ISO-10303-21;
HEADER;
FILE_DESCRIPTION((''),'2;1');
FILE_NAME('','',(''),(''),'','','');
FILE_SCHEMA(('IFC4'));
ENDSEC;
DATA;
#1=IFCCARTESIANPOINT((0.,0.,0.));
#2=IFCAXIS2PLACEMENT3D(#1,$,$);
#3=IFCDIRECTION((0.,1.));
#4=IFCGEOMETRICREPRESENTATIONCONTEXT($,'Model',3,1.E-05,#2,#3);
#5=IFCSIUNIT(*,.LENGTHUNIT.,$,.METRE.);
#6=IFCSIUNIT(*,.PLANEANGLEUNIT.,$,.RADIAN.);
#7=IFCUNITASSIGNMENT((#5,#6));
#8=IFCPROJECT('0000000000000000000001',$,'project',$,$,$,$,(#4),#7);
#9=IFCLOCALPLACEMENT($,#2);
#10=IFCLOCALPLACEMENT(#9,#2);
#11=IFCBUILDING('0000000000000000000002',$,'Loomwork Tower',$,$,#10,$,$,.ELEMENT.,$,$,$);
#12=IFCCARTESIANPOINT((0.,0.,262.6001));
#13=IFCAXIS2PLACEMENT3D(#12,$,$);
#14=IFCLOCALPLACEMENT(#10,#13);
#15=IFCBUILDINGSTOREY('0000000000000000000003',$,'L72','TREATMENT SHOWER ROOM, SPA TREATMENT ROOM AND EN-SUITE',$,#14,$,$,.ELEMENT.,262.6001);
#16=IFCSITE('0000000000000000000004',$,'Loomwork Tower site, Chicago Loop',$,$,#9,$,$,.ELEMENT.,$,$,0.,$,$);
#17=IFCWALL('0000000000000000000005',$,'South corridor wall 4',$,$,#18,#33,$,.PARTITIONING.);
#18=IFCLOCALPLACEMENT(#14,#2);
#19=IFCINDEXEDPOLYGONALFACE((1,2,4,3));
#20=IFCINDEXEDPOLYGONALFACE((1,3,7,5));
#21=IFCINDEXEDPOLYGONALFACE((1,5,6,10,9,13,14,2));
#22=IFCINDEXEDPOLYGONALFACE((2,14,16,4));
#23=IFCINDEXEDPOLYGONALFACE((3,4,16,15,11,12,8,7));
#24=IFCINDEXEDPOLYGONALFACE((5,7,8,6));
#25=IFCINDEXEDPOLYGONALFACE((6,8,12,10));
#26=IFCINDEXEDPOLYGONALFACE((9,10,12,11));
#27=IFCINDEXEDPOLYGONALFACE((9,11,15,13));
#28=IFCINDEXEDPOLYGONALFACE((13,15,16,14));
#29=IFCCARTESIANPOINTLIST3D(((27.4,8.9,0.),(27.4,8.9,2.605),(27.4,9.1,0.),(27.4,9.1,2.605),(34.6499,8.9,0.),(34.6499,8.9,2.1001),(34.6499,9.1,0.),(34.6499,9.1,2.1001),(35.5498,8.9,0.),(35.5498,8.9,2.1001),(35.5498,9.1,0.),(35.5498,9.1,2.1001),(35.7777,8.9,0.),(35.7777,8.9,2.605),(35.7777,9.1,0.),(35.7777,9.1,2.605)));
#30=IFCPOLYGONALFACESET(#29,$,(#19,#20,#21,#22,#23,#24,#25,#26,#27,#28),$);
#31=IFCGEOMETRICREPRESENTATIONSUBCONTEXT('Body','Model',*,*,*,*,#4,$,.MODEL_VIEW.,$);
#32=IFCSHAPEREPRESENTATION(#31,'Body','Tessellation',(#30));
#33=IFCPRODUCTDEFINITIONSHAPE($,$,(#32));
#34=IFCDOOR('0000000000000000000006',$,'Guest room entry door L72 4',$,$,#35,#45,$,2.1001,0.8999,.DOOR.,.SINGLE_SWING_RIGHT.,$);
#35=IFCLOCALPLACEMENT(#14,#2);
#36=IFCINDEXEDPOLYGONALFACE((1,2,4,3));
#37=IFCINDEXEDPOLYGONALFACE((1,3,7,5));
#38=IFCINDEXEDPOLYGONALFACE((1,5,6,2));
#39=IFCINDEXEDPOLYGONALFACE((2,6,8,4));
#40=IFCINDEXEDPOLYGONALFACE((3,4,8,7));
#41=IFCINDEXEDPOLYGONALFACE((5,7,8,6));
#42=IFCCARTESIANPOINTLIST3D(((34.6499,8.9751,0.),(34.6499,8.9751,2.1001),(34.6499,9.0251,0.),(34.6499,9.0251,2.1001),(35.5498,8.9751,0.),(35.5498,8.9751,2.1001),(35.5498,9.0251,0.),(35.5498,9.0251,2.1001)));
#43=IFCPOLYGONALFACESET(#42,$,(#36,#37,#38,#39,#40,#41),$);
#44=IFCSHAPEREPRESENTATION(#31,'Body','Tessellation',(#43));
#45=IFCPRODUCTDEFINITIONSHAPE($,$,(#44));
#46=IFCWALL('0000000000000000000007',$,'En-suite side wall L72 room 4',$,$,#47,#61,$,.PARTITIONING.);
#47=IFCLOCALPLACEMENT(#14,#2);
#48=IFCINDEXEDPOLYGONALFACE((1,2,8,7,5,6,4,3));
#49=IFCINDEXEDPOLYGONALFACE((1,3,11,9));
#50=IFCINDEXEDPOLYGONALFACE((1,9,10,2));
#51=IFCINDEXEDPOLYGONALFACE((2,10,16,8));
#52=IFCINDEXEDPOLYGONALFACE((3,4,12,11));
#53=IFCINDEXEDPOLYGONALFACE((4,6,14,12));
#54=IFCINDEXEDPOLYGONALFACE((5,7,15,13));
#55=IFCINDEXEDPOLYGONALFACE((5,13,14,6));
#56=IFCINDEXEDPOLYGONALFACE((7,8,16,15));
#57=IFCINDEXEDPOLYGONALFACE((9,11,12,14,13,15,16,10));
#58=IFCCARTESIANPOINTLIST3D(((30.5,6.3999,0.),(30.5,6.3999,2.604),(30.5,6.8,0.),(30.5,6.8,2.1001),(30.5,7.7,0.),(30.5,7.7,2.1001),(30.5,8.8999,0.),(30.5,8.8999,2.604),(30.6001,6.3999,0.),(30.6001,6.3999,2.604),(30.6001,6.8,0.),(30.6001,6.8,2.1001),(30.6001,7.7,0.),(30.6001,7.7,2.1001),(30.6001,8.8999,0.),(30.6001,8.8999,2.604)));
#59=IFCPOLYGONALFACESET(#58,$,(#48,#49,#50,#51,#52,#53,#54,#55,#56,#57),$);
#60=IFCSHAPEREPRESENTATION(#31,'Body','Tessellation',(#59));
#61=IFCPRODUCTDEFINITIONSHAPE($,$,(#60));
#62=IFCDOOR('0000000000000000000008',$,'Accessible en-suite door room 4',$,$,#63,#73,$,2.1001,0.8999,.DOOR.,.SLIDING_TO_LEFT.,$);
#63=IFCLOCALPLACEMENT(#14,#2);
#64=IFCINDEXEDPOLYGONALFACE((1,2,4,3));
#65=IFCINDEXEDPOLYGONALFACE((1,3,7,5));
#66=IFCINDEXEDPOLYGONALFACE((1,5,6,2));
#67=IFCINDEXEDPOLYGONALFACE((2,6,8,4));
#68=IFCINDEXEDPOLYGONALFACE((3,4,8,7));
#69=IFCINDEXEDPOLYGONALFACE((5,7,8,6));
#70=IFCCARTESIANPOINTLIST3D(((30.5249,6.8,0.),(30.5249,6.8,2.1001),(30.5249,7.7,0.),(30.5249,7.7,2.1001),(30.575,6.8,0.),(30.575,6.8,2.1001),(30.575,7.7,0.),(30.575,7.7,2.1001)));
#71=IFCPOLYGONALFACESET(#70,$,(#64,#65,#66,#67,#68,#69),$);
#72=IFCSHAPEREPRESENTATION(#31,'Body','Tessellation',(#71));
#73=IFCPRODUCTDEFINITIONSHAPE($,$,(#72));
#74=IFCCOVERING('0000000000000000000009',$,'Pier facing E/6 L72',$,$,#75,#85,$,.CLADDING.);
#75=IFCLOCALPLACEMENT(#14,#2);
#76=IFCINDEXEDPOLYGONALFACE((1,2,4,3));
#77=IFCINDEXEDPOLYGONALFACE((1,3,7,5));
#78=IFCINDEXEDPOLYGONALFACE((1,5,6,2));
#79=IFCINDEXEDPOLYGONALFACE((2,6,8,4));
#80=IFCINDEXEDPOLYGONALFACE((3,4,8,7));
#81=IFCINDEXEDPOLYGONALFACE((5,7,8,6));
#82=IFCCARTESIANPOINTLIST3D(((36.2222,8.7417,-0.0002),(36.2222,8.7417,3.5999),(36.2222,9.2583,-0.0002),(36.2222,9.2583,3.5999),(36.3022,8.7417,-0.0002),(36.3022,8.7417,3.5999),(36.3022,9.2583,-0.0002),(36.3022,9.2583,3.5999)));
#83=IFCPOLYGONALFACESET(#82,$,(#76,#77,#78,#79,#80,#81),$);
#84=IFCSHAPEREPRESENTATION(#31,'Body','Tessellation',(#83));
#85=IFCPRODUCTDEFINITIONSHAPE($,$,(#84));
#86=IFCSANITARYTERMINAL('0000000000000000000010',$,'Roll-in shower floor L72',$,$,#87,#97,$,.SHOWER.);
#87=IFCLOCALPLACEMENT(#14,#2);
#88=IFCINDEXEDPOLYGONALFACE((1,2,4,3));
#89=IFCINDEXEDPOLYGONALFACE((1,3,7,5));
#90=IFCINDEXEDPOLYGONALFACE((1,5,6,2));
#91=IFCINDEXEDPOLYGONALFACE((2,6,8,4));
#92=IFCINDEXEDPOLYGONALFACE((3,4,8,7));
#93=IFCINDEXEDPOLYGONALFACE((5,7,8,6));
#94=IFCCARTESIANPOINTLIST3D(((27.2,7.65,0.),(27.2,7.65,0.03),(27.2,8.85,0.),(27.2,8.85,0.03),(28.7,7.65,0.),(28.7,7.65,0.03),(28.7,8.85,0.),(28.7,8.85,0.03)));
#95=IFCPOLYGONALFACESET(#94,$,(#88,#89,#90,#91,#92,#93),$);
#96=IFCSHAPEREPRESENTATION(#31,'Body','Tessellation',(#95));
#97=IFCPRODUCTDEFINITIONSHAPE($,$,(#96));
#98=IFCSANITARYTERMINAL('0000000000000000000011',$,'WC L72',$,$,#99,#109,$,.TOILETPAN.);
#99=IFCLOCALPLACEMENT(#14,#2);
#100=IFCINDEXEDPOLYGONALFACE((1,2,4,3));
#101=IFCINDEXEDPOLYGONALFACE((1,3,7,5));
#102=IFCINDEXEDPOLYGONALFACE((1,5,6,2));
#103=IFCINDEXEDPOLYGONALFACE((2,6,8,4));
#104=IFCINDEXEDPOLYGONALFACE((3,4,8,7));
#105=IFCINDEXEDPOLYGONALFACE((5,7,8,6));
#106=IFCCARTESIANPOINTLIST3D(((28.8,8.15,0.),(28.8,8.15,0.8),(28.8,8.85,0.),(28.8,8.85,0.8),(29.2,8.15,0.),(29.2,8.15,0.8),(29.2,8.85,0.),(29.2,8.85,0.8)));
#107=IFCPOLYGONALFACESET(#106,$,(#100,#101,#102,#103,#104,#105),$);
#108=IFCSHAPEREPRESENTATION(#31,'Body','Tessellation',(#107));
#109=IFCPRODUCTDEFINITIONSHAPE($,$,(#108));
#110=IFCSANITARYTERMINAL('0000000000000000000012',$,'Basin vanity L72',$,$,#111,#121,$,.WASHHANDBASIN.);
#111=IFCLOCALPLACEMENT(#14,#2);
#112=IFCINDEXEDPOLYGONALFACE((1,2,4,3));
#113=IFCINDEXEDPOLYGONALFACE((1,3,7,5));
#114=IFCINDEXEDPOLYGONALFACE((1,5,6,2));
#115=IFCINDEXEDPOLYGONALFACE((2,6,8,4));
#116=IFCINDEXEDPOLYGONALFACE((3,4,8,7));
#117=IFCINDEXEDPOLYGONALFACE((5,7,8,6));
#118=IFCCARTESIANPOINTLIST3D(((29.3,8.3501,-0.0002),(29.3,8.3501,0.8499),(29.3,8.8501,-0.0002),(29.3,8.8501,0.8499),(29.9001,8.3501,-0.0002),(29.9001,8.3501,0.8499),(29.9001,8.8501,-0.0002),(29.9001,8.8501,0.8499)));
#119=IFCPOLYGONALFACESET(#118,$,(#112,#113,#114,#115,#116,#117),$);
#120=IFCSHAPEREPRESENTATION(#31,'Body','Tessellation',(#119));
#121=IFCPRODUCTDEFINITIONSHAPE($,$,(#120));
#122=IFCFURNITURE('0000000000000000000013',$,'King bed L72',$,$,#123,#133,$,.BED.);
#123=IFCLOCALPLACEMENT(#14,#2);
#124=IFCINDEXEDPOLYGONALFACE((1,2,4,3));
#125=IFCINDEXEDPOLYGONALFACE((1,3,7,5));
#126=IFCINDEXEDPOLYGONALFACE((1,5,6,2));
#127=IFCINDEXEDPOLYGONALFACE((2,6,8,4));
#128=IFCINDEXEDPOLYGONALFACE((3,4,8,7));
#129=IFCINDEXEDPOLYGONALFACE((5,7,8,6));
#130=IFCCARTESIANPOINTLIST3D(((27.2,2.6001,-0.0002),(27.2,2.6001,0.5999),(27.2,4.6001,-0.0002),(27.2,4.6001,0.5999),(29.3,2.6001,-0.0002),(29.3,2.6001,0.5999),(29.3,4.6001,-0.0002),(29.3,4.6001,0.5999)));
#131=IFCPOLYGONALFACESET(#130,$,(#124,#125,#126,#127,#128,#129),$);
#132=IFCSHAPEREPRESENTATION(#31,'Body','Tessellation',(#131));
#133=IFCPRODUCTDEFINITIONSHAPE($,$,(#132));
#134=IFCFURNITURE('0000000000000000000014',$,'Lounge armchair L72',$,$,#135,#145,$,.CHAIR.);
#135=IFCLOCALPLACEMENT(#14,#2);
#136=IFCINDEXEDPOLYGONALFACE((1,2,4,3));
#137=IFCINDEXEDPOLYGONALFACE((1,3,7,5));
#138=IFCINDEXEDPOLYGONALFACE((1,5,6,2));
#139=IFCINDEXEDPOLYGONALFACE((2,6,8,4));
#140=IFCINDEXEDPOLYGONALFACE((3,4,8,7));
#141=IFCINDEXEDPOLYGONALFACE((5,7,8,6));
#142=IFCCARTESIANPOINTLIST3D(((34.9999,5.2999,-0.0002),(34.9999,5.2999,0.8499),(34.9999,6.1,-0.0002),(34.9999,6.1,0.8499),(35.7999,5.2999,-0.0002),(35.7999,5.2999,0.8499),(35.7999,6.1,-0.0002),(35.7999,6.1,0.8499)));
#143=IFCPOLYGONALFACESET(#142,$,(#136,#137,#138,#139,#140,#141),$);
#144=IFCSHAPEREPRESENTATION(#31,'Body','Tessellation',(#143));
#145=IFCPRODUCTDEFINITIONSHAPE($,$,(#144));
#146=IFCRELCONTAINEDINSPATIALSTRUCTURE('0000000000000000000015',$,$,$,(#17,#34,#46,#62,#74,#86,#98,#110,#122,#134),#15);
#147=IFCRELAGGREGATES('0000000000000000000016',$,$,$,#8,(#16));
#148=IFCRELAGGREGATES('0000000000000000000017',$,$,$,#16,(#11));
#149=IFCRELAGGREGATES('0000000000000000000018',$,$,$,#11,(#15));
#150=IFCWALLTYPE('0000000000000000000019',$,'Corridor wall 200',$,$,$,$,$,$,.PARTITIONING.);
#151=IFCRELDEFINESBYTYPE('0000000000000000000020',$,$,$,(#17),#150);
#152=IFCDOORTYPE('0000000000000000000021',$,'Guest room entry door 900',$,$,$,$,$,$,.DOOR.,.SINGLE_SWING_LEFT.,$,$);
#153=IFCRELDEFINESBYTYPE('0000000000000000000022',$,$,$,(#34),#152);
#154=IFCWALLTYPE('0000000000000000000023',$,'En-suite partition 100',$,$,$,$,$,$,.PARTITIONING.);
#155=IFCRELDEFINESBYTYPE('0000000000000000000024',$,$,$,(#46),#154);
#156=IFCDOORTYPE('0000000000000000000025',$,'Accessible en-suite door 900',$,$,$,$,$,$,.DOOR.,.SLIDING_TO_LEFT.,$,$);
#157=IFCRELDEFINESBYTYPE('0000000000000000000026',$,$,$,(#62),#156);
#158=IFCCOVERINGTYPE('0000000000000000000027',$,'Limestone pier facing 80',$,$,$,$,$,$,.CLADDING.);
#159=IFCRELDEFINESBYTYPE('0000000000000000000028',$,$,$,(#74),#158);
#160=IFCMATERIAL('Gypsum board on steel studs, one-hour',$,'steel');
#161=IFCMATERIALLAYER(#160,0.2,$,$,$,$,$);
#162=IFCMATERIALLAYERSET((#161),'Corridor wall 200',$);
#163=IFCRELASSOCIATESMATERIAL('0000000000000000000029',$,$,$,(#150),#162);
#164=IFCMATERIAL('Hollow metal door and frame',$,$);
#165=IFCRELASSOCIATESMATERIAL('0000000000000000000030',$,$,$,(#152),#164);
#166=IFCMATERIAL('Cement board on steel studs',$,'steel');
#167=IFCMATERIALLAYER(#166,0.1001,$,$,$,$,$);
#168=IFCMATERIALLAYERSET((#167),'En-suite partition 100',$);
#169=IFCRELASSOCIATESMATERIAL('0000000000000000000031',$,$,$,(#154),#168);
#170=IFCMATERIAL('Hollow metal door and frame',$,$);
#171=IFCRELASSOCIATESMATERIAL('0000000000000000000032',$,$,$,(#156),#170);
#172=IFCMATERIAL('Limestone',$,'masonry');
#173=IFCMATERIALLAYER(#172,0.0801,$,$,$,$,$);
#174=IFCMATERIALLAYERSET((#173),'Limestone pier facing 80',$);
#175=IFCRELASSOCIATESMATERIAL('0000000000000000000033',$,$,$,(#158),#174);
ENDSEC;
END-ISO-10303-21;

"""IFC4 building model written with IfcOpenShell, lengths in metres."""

from ifc_helpers import new_model, si_unit, direction, frame, frame_2d, origin, origin_2d, place, context, subcontext, project, spatial, rectangle, extrude, material, layer, layer_set, type_object, element, fill, save


model = new_model("IFC4")

# Units and contexts
model_context = context("Model", 3, precision=1e-05, world=origin(), true_north=direction((0.0, 1.0)))
body_context = subcontext(model_context, "Body", "Model", "MODEL_VIEW")
ifc_project = project(units=[si_unit("LENGTHUNIT", "METRE"), si_unit("PLANEANGLEUNIT", "RADIAN")], contexts=[model_context])

# Site, building, storey
site_placement = place(None, origin())
site = spatial("IfcSite", under=ifc_project, at=site_placement, Name="Loomwork Tower site, Chicago Loop", CompositionType="ELEMENT", RefElevation=0.0)
building_placement = place(site_placement, origin())
building = spatial("IfcBuilding", under=site, at=building_placement, Name="Loomwork Tower", CompositionType="ELEMENT")
storey_placement = place(building_placement, frame((0.0, 0.0, 262.6001)))
storey = spatial("IfcBuildingStorey", under=building, at=storey_placement, Name="L72", Description="TREATMENT SHOWER ROOM, SPA TREATMENT ROOM AND EN-SUITE", CompositionType="ELEMENT", Elevation=262.6001)

# Walls, openings, doors
ifc_material_1 = material(Name="Gypsum board on steel studs, one-hour", Category="steel")
ifc_layer_1 = layer(ifc_material_1, 0.2)
ifc_layer_set_1 = layer_set([ifc_layer_1], Name="Corridor wall 200")
wall_type_1 = type_object("IfcWallType", Name="Corridor wall 200", PredefinedType="PARTITIONING", material=ifc_layer_set_1)
wall_1_placement = place(storey_placement, frame((27.3999, 9.0, 0.0), z_axis=(0.0, 0.0, 1.0), x_axis=(1.0, 0.0, 0.0)))
wall_1 = element("IfcWall", 1, at=wall_1_placement, inside=storey, type_object=wall_type_1, Name="South corridor wall 4", PredefinedType="PARTITIONING", context=body_context, shape_type="SweptSolid", body=[
    extrude(rectangle(XDim=8.3777, YDim=0.2, at=frame_2d((4.189, 0.0))), origin(), (0.0, 0.0, 1.0), 2.605),
])
opening_1_placement = place(wall_1_placement, frame((7.25, 0.0, 0.0)))
opening_1 = element("IfcOpeningElement", 2, at=opening_1_placement, cuts=wall_1, PredefinedType="OPENING", context=body_context, shape_type="SweptSolid", body=[
    extrude(rectangle(XDim=0.8999, YDim=2.1001, at=frame_2d((0.45, 1.05))), frame((0.0, 0.1099, 0.0), z_axis=(0.0, -1.0, 0.0), x_axis=(1.0, 0.0, 0.0)), (0.0, 0.0, 1.0), 0.22),
])
ifc_material_2 = material(Name="Hollow metal door and frame")
door_type_1 = type_object("IfcDoorType", Name="Guest room entry door 900", OperationType="SINGLE_SWING_LEFT", PredefinedType="DOOR", material=ifc_material_2)
door_1_placement = place(opening_1_placement, frame((0.8999, 0.0, 0.0), z_axis=(0.0, 0.0, 1.0), x_axis=(-1.0, 0.0, 0.0)))
door_1 = element("IfcDoor", 3, at=door_1_placement, inside=storey, type_object=door_type_1, Name="Guest room entry door L72 4", OperationType="SINGLE_SWING_RIGHT", OverallHeight=2.1001, OverallWidth=0.8999, PredefinedType="DOOR", context=body_context, shape_type="SweptSolid", body=[
    extrude(rectangle(XDim=0.8999, YDim=2.1001, at=frame_2d((0.45, 1.05))), frame((0.0, 0.0249, 0.0), z_axis=(0.0, -1.0, 0.0), x_axis=(1.0, 0.0, 0.0)), (0.0, 0.0, 1.0), 0.05),
])
fill(opening_1, door_1)
ifc_material_3 = material(Name="Cement board on steel studs", Category="steel")
ifc_layer_2 = layer(ifc_material_3, 0.1001)
ifc_layer_set_2 = layer_set([ifc_layer_2], Name="En-suite partition 100")
wall_type_2 = type_object("IfcWallType", Name="En-suite partition 100", PredefinedType="PARTITIONING", material=ifc_layer_set_2)
wall_2_placement = place(storey_placement, frame((30.55, 8.8999, 0.0), z_axis=(0.0, 0.0, 1.0), x_axis=(0.0, -1.0, 0.0)))
wall_2 = element("IfcWall", 4, at=wall_2_placement, inside=storey, type_object=wall_type_2, Name="En-suite side wall L72 room 4", PredefinedType="PARTITIONING", context=body_context, shape_type="SweptSolid", body=[
    extrude(rectangle(XDim=2.5, YDim=0.1001, at=frame_2d((1.25, 0.0))), origin(), (0.0, 0.0, 1.0), 2.604),
])
opening_2_placement = place(wall_2_placement, frame((1.2, 0.0, 0.0)))
opening_2 = element("IfcOpeningElement", 5, at=opening_2_placement, cuts=wall_2, PredefinedType="OPENING", context=body_context, shape_type="SweptSolid", body=[
    extrude(rectangle(XDim=0.8999, YDim=2.1001, at=frame_2d((0.45, 1.05))), frame((0.0, 0.0601, 0.0), z_axis=(0.0, -1.0, 0.0), x_axis=(1.0, 0.0, 0.0)), (0.0, 0.0, 1.0), 0.1201),
])
ifc_material_4 = material(Name="Hollow metal door and frame")
door_type_2 = type_object("IfcDoorType", Name="Accessible en-suite door 900", OperationType="SLIDING_TO_LEFT", PredefinedType="DOOR", material=ifc_material_4)
door_2_placement = place(opening_2_placement, origin())
door_2 = element("IfcDoor", 6, at=door_2_placement, inside=storey, type_object=door_type_2, Name="Accessible en-suite door room 4", OperationType="SLIDING_TO_LEFT", OverallHeight=2.1001, OverallWidth=0.8999, PredefinedType="DOOR", context=body_context, shape_type="SweptSolid", body=[
    extrude(rectangle(XDim=0.8999, YDim=2.1001, at=frame_2d((0.45, 1.05))), frame((0.0, 0.0249, 0.0), z_axis=(0.0, -1.0, 0.0), x_axis=(1.0, 0.0, 0.0)), (0.0, 0.0, 1.0), 0.05),
])
fill(opening_2, door_2)

# Covering
ifc_material_5 = material(Name="Limestone", Category="masonry")
ifc_layer_3 = layer(ifc_material_5, 0.0801)
ifc_layer_set_3 = layer_set([ifc_layer_3], Name="Limestone pier facing 80")
covering_type = type_object("IfcCoveringType", Name="Limestone pier facing 80", PredefinedType="CLADDING", material=ifc_layer_set_3)
covering_placement = place(storey_placement, frame((36.2622, 9.0, -0.0002), z_axis=(0.0, 0.0, 1.0), x_axis=(1.0, 0.0, 0.0)))
element("IfcCovering", 7, at=covering_placement, inside=storey, type_object=covering_type, Name="Pier facing E/6 L72", PredefinedType="CLADDING", context=body_context, shape_type="SweptSolid", body=[
    extrude(rectangle(XDim=0.0801, YDim=0.5166, at=origin_2d()), origin(), (0.0, 0.0, 1.0), 3.6001),
])

# Sanitary terminals
sanitary_terminal_1_placement = place(storey_placement, frame((27.95, 8.25, 0.0), z_axis=(0.0, 0.0, 1.0), x_axis=(1.0, 0.0, 0.0)))
element("IfcSanitaryTerminal", 8, at=sanitary_terminal_1_placement, inside=storey, Name="Roll-in shower floor L72", PredefinedType="SHOWER", context=body_context, shape_type="SweptSolid", body=[
    extrude(rectangle(XDim=1.5, YDim=1.2, at=origin_2d()), origin(), (0.0, 0.0, 1.0), 0.03),
])
sanitary_terminal_2_placement = place(storey_placement, frame((29.0, 8.5, 0.0), z_axis=(0.0, 0.0, 1.0), x_axis=(1.0, 0.0, 0.0)))
element("IfcSanitaryTerminal", 9, at=sanitary_terminal_2_placement, inside=storey, Name="WC L72", PredefinedType="TOILETPAN", context=body_context, shape_type="SweptSolid", body=[
    extrude(rectangle(XDim=0.3999, YDim=0.7, at=origin_2d()), origin(), (0.0, 0.0, 1.0), 0.8),
])
sanitary_terminal_3_placement = place(storey_placement, frame((29.6001, 8.6001, -0.0002), z_axis=(0.0, 0.0, 1.0), x_axis=(1.0, 0.0, 0.0)))
element("IfcSanitaryTerminal", 10, at=sanitary_terminal_3_placement, inside=storey, Name="Basin vanity L72", PredefinedType="WASHHANDBASIN", context=body_context, shape_type="SweptSolid", body=[
    extrude(rectangle(XDim=0.6001, YDim=0.5, at=origin_2d()), origin(), (0.0, 0.0, 1.0), 0.8501),
])

# Furniture
furniture_1_placement = place(storey_placement, frame((28.25, 3.6001, -0.0002), z_axis=(0.0, 0.0, 1.0), x_axis=(1.0, 0.0, 0.0)))
element("IfcFurniture", 11, at=furniture_1_placement, inside=storey, Name="King bed L72", PredefinedType="BED", context=body_context, shape_type="SweptSolid", body=[
    extrude(rectangle(XDim=2.1001, YDim=2.0, at=origin_2d()), origin(), (0.0, 0.0, 1.0), 0.6001),
])
furniture_2_placement = place(storey_placement, frame((35.3999, 5.7, -0.0002), z_axis=(0.0, 0.0, 1.0), x_axis=(1.0, 0.0, 0.0)))
element("IfcFurniture", 12, at=furniture_2_placement, inside=storey, Name="Lounge armchair L72", PredefinedType="CHAIR", context=body_context, shape_type="SweptSolid", body=[
    extrude(rectangle(XDim=0.8, YDim=0.8, at=origin_2d()), origin(), (0.0, 0.0, 1.0), 0.8501),
])

save(model, "model.ifc")
